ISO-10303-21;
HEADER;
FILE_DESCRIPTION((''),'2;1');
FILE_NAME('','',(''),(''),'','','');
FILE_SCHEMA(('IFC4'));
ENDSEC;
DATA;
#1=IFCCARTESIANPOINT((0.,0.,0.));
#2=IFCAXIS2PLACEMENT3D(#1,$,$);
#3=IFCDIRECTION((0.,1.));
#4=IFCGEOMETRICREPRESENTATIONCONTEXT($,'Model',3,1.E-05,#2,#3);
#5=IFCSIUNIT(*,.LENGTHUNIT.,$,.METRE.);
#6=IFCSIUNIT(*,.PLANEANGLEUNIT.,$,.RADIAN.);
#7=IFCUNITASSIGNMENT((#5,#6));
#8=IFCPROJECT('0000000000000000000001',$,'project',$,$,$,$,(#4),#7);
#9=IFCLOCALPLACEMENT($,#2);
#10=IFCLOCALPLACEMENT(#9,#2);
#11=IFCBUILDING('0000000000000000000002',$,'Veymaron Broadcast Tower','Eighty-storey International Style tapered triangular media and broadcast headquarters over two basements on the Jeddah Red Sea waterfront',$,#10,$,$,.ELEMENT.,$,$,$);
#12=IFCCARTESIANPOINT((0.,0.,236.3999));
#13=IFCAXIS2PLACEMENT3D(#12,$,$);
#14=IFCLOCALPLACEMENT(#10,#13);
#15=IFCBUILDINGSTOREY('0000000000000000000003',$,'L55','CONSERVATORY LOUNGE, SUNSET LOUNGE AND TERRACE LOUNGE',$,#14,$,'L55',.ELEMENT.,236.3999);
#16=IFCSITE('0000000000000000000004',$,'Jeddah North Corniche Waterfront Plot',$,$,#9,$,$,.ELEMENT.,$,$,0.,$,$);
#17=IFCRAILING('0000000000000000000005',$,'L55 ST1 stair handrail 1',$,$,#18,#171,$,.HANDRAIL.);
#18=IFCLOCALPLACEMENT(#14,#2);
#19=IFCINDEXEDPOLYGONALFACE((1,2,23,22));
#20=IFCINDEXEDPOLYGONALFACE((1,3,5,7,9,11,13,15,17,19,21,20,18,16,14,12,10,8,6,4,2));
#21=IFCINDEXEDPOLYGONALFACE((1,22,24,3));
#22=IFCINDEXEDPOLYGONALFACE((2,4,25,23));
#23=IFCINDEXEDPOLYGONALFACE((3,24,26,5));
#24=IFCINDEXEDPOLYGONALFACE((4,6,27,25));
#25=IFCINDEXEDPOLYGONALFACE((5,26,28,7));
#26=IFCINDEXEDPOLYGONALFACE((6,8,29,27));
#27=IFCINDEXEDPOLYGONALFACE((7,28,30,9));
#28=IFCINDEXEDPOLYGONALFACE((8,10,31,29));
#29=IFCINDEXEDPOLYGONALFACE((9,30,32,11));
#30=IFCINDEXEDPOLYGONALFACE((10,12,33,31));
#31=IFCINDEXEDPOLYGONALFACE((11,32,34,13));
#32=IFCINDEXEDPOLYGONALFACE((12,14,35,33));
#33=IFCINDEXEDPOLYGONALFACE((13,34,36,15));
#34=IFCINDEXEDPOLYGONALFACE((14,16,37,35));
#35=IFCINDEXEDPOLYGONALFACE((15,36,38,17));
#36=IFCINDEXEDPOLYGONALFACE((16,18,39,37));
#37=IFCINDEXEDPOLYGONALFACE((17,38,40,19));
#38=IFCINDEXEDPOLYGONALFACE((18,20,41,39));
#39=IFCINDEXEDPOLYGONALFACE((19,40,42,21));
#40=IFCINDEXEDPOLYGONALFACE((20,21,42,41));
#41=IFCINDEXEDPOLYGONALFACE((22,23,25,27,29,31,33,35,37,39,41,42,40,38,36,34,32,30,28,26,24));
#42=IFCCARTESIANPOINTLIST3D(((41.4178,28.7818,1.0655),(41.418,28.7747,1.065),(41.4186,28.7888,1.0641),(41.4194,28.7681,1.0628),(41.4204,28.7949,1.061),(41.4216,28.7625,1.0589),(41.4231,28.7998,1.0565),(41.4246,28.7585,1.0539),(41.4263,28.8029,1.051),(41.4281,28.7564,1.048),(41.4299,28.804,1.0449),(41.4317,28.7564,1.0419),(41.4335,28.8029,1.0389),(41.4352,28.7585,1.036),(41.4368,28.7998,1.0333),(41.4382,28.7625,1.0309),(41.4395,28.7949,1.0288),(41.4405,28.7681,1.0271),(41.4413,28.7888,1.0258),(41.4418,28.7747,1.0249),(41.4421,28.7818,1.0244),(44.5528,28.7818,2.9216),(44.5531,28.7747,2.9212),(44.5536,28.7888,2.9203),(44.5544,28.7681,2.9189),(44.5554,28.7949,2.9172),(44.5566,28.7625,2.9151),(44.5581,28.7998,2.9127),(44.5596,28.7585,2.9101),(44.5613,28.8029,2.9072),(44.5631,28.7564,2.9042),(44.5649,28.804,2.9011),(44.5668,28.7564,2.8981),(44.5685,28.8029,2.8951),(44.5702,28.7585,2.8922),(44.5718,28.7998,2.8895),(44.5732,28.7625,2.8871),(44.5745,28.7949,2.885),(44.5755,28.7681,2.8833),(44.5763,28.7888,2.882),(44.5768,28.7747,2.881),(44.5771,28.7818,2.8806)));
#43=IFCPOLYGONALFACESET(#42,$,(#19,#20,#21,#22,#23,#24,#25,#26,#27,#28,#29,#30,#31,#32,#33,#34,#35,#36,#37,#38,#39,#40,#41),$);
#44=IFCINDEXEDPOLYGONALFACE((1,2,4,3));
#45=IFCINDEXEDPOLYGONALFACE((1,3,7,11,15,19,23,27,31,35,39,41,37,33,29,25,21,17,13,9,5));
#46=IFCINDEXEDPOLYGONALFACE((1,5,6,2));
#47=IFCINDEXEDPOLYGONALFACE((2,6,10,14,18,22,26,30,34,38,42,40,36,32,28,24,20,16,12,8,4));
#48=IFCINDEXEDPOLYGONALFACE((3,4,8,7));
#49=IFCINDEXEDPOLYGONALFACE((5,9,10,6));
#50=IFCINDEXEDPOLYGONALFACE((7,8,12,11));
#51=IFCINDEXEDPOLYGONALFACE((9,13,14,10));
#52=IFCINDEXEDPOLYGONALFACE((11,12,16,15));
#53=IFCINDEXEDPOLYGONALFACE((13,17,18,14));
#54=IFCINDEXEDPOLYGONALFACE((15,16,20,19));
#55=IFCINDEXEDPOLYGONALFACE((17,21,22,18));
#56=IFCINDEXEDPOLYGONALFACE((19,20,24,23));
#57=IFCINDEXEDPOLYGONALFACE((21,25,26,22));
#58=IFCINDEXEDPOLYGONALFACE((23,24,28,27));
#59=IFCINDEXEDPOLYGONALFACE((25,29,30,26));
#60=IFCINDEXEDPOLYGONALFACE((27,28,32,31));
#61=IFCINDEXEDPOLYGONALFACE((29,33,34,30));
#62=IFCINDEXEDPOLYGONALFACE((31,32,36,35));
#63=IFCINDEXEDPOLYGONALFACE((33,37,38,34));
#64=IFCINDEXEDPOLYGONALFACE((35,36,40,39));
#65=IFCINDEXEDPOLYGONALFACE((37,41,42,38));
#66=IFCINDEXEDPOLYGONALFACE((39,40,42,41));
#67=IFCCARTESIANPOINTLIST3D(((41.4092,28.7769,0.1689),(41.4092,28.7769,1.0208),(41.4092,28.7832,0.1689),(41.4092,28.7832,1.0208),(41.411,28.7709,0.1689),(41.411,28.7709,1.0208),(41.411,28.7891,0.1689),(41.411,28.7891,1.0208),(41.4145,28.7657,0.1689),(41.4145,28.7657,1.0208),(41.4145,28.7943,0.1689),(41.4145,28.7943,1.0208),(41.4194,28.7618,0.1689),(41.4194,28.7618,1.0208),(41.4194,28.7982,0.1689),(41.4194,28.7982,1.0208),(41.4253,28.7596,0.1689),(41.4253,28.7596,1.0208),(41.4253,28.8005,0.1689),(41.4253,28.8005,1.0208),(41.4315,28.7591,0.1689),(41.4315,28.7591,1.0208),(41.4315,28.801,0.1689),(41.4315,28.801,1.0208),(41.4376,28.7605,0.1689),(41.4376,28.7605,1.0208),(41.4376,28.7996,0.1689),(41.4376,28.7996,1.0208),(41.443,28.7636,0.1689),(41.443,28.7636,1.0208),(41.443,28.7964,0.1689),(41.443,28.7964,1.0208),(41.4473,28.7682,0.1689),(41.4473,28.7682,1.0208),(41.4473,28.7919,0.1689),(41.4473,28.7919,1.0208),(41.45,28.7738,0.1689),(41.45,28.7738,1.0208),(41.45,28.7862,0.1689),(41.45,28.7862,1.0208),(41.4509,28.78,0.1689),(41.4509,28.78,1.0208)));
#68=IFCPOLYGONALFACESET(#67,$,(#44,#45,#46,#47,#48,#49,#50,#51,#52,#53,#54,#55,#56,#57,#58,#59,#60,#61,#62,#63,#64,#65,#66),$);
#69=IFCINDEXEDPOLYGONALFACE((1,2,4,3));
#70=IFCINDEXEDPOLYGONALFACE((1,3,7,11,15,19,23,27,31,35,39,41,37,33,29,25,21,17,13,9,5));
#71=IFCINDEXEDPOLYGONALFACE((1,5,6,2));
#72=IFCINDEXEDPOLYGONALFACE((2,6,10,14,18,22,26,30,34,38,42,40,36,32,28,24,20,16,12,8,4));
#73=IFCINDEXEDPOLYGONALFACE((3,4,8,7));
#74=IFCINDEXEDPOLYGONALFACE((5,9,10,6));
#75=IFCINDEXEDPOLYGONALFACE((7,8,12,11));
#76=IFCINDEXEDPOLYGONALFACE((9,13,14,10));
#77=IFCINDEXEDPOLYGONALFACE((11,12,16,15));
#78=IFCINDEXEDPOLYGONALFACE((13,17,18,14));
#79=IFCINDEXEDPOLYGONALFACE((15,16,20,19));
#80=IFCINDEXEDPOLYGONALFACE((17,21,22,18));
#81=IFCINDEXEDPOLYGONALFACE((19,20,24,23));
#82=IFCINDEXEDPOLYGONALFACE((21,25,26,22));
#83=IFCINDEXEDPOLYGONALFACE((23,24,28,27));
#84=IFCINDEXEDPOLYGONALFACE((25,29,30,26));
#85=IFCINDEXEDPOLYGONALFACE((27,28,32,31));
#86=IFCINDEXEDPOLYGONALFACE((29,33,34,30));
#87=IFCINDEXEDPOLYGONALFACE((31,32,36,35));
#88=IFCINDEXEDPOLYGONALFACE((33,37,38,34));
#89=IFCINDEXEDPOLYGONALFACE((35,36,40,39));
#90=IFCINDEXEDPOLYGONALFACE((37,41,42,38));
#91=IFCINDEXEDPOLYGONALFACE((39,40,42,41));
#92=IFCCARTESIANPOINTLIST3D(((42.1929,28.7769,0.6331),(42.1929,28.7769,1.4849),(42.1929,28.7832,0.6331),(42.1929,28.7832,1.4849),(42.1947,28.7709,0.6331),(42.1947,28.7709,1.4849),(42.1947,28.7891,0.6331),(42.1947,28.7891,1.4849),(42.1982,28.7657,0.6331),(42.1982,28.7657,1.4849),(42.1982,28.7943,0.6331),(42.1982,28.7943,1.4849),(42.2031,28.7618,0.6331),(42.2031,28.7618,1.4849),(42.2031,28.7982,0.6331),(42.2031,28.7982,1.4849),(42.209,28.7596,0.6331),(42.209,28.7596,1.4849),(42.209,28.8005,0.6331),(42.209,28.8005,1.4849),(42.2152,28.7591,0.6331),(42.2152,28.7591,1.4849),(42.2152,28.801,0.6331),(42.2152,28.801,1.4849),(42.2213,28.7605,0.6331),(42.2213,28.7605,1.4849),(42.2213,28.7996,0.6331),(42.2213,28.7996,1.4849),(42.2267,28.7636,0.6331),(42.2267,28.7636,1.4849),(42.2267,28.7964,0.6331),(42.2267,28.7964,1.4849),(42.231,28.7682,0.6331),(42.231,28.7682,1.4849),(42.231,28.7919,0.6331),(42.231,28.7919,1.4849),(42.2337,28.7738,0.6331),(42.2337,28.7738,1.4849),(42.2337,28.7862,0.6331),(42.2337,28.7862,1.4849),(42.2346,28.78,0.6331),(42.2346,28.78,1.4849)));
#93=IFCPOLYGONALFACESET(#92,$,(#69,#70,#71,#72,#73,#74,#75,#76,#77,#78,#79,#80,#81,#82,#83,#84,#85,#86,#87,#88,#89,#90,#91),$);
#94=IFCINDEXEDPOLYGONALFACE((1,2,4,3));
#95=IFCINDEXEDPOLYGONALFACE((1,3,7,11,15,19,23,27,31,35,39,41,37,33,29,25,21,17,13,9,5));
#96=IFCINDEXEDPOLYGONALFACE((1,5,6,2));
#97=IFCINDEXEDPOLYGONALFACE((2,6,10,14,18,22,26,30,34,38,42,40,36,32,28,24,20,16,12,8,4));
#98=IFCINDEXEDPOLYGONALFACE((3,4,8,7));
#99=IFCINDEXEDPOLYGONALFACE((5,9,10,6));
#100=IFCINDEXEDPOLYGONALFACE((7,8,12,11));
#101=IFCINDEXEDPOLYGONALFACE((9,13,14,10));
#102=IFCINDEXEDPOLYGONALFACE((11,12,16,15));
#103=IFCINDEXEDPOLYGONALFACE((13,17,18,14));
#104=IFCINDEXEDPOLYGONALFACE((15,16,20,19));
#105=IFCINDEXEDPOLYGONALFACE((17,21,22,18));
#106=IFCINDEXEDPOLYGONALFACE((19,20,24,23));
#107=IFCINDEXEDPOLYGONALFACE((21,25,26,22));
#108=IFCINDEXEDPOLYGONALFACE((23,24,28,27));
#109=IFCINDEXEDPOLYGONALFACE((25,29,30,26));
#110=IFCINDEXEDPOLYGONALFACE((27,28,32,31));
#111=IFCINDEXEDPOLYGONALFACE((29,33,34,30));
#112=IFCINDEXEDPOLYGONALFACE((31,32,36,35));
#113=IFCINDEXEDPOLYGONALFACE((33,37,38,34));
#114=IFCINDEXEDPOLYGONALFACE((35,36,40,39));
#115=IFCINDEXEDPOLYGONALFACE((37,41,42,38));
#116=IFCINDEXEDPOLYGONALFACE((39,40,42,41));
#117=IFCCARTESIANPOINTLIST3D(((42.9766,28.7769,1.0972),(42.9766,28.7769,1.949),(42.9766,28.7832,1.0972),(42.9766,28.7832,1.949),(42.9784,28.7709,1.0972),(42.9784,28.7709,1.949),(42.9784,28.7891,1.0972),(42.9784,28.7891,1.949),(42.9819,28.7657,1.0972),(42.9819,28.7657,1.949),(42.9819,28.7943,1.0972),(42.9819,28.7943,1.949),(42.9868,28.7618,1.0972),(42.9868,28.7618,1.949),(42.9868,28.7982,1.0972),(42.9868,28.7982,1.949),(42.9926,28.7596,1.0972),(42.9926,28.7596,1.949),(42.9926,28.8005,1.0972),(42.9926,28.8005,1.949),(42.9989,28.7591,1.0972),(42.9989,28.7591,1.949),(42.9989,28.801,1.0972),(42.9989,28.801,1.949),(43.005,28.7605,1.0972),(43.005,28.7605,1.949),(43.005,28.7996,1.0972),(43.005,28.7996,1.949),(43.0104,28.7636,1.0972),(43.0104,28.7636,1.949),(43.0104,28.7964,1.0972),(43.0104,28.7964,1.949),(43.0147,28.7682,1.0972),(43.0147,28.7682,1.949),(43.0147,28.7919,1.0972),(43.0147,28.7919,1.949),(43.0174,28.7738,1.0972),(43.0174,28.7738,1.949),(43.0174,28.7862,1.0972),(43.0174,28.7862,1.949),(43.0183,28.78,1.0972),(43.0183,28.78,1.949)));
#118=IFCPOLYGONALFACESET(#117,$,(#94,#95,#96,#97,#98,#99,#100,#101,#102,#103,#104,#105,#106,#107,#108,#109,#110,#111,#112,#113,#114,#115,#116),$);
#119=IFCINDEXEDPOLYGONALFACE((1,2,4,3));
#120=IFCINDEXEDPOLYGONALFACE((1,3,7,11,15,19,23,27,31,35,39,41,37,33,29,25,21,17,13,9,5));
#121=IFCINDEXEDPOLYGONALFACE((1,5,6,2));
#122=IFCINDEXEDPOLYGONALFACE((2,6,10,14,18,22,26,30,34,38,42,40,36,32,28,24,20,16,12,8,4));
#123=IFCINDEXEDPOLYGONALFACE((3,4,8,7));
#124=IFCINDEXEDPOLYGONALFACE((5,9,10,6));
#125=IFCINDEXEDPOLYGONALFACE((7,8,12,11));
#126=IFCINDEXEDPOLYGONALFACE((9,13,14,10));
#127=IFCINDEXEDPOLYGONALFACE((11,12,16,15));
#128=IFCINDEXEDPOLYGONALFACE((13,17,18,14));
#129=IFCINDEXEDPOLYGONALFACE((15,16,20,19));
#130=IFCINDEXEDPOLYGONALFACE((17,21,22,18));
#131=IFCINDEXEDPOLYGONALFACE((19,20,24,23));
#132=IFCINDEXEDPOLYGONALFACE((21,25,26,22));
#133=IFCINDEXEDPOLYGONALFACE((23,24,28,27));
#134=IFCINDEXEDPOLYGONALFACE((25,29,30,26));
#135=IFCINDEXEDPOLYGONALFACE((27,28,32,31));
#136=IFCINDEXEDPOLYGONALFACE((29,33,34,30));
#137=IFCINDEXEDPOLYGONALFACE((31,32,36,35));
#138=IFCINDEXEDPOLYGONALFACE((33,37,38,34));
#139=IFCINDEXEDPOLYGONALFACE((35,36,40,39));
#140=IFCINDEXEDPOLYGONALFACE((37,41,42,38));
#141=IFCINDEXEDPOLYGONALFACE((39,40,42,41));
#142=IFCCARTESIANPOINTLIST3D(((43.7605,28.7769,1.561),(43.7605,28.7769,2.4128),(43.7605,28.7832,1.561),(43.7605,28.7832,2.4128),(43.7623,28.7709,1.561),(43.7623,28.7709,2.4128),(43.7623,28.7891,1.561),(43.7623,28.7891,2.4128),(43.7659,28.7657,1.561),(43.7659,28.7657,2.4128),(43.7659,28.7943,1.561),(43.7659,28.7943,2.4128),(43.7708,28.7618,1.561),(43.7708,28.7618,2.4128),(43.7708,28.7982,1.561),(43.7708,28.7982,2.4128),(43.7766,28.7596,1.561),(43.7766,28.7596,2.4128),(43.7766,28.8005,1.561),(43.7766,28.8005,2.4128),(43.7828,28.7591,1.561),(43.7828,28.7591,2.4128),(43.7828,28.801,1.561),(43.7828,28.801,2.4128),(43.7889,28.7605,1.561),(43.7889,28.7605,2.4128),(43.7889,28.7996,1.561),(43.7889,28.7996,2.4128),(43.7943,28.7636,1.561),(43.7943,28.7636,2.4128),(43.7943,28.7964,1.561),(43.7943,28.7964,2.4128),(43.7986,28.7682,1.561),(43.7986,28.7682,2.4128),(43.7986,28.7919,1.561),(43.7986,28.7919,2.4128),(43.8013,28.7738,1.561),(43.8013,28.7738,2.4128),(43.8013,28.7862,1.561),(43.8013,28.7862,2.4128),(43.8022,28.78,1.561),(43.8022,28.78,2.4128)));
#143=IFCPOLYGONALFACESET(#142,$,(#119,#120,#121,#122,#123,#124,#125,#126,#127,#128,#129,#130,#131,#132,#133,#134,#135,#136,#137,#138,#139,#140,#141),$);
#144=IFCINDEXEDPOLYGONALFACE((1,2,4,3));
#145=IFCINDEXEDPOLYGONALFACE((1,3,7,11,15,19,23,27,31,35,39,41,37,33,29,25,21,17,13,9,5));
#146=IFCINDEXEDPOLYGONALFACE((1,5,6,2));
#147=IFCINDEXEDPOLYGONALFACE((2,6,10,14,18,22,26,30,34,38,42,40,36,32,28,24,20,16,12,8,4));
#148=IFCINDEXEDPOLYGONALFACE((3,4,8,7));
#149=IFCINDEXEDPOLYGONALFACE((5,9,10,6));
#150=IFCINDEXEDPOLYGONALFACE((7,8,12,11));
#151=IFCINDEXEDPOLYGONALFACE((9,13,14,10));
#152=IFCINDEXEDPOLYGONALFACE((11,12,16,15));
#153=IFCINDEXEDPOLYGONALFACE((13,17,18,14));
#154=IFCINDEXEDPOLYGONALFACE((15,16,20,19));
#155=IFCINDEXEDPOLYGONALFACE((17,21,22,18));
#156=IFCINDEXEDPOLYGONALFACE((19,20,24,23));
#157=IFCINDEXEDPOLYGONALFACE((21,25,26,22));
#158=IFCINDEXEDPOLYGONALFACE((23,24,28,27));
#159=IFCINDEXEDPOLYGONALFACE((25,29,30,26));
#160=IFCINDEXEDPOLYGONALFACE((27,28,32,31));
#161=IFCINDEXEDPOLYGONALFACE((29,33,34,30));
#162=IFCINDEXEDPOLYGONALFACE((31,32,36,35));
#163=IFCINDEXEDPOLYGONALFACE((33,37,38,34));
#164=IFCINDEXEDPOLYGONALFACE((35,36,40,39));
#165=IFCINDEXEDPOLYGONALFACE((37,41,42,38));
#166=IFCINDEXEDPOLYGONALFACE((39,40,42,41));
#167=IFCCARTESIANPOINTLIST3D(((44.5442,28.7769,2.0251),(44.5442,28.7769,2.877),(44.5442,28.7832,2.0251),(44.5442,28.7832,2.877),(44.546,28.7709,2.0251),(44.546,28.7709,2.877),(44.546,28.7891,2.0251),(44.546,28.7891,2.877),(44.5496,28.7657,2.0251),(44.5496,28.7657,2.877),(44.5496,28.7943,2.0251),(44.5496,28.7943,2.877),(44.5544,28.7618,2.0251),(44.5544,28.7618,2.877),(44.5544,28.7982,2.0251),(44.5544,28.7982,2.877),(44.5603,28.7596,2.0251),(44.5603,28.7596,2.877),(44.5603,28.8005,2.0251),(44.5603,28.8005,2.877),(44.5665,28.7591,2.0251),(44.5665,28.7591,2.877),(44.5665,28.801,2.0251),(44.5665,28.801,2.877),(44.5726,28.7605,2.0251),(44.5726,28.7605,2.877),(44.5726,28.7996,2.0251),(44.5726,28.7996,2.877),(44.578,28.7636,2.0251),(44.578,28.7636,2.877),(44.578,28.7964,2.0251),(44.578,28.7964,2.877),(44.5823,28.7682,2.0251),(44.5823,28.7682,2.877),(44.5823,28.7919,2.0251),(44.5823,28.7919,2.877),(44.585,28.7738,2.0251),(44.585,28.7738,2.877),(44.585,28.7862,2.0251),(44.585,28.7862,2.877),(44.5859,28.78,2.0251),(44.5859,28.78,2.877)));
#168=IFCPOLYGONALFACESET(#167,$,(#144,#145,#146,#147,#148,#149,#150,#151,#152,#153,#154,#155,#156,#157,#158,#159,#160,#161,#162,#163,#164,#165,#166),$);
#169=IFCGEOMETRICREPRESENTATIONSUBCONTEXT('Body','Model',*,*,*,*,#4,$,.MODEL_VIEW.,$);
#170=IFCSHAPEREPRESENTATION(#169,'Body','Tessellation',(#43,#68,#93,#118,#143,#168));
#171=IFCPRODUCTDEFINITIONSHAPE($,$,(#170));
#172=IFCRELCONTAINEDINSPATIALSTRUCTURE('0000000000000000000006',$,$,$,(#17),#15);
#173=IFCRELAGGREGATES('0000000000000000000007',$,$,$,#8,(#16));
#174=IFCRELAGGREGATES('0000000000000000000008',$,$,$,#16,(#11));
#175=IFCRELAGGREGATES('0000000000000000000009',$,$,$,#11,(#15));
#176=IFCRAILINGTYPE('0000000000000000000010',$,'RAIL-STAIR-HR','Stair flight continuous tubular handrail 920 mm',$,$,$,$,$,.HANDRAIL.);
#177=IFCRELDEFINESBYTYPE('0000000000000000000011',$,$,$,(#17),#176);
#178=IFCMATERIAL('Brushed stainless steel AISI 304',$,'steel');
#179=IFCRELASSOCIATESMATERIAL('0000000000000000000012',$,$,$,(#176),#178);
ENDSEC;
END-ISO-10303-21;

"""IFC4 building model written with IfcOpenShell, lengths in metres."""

from ifc_helpers import new_model, si_unit, direction, frame, origin, origin_2d, place, context, subcontext, project, spatial, circle, extrude, material, type_object, element, save


model = new_model("IFC4")

# Units and contexts
model_context = context("Model", 3, precision=1e-05, world=origin(), true_north=direction((0.0, 1.0)))
body_context = subcontext(model_context, "Body", "Model", "MODEL_VIEW")
ifc_project = project(units=[si_unit("LENGTHUNIT", "METRE"), si_unit("PLANEANGLEUNIT", "RADIAN")], contexts=[model_context])

# Site, building, storey
site_placement = place(None, origin())
site = spatial("IfcSite", under=ifc_project, at=site_placement, Name="Jeddah North Corniche Waterfront Plot", CompositionType="ELEMENT", RefElevation=0.0)
building_placement = place(site_placement, origin())
building = spatial("IfcBuilding", under=site, at=building_placement, Name="Veymaron Broadcast Tower", Description="Eighty-storey International Style tapered triangular media and broadcast headquarters over two basements on the Jeddah Red Sea waterfront", CompositionType="ELEMENT")
storey_placement = place(building_placement, frame((0.0, 0.0, 236.3999)))
storey = spatial("IfcBuildingStorey", under=building, at=storey_placement, Name="L55", Description="CONSERVATORY LOUNGE, SUNSET LOUNGE AND TERRACE LOUNGE", LongName="L55", CompositionType="ELEMENT", Elevation=236.3999)

# Shared definitions
ifc_material_1 = material(Name="Brushed stainless steel AISI 304", Category="steel")

# Railing
railing_type_1 = type_object("IfcRailingType", Name="RAIL-STAIR-HR", Description="Stair flight continuous tubular handrail 920 mm", PredefinedType="HANDRAIL", material=ifc_material_1)
railing_1_placement = place(storey_placement, frame((41.4299, 28.78, 0.1689)))
element("IfcRailing", 1, at=railing_1_placement, inside=storey, type_object=railing_type_1, Name="L55 ST1 stair handrail 1", PredefinedType="HANDRAIL", context=body_context, shape_type="SweptSolid", body=[
    extrude(circle(Radius=0.0239, at=origin_2d()), frame((0.0, 0.0, 0.876), z_axis=(0.860482, 0.0, 0.509481), x_axis=(0.0, 1.0, 0.0)), (0.0, 0.0, 1.0), 3.6433),
    extrude(circle(Radius=0.021, at=origin_2d()), origin(), (0.0, 0.0, 1.0), 0.8518),
    extrude(circle(Radius=0.021, at=origin_2d()), frame((0.7837, 0.0, 0.4641)), (0.0, 0.0, 1.0), 0.8518),
    extrude(circle(Radius=0.021, at=origin_2d()), frame((1.5674, 0.0, 0.9282)), (0.0, 0.0, 1.0), 0.8518),
    extrude(circle(Radius=0.021, at=origin_2d()), frame((2.3513, 0.0, 1.3921)), (0.0, 0.0, 1.0), 0.8518),
    extrude(circle(Radius=0.021, at=origin_2d()), frame((3.135, 0.0, 1.8562)), (0.0, 0.0, 1.0), 0.8518),
])

save(model, "model.ifc")
